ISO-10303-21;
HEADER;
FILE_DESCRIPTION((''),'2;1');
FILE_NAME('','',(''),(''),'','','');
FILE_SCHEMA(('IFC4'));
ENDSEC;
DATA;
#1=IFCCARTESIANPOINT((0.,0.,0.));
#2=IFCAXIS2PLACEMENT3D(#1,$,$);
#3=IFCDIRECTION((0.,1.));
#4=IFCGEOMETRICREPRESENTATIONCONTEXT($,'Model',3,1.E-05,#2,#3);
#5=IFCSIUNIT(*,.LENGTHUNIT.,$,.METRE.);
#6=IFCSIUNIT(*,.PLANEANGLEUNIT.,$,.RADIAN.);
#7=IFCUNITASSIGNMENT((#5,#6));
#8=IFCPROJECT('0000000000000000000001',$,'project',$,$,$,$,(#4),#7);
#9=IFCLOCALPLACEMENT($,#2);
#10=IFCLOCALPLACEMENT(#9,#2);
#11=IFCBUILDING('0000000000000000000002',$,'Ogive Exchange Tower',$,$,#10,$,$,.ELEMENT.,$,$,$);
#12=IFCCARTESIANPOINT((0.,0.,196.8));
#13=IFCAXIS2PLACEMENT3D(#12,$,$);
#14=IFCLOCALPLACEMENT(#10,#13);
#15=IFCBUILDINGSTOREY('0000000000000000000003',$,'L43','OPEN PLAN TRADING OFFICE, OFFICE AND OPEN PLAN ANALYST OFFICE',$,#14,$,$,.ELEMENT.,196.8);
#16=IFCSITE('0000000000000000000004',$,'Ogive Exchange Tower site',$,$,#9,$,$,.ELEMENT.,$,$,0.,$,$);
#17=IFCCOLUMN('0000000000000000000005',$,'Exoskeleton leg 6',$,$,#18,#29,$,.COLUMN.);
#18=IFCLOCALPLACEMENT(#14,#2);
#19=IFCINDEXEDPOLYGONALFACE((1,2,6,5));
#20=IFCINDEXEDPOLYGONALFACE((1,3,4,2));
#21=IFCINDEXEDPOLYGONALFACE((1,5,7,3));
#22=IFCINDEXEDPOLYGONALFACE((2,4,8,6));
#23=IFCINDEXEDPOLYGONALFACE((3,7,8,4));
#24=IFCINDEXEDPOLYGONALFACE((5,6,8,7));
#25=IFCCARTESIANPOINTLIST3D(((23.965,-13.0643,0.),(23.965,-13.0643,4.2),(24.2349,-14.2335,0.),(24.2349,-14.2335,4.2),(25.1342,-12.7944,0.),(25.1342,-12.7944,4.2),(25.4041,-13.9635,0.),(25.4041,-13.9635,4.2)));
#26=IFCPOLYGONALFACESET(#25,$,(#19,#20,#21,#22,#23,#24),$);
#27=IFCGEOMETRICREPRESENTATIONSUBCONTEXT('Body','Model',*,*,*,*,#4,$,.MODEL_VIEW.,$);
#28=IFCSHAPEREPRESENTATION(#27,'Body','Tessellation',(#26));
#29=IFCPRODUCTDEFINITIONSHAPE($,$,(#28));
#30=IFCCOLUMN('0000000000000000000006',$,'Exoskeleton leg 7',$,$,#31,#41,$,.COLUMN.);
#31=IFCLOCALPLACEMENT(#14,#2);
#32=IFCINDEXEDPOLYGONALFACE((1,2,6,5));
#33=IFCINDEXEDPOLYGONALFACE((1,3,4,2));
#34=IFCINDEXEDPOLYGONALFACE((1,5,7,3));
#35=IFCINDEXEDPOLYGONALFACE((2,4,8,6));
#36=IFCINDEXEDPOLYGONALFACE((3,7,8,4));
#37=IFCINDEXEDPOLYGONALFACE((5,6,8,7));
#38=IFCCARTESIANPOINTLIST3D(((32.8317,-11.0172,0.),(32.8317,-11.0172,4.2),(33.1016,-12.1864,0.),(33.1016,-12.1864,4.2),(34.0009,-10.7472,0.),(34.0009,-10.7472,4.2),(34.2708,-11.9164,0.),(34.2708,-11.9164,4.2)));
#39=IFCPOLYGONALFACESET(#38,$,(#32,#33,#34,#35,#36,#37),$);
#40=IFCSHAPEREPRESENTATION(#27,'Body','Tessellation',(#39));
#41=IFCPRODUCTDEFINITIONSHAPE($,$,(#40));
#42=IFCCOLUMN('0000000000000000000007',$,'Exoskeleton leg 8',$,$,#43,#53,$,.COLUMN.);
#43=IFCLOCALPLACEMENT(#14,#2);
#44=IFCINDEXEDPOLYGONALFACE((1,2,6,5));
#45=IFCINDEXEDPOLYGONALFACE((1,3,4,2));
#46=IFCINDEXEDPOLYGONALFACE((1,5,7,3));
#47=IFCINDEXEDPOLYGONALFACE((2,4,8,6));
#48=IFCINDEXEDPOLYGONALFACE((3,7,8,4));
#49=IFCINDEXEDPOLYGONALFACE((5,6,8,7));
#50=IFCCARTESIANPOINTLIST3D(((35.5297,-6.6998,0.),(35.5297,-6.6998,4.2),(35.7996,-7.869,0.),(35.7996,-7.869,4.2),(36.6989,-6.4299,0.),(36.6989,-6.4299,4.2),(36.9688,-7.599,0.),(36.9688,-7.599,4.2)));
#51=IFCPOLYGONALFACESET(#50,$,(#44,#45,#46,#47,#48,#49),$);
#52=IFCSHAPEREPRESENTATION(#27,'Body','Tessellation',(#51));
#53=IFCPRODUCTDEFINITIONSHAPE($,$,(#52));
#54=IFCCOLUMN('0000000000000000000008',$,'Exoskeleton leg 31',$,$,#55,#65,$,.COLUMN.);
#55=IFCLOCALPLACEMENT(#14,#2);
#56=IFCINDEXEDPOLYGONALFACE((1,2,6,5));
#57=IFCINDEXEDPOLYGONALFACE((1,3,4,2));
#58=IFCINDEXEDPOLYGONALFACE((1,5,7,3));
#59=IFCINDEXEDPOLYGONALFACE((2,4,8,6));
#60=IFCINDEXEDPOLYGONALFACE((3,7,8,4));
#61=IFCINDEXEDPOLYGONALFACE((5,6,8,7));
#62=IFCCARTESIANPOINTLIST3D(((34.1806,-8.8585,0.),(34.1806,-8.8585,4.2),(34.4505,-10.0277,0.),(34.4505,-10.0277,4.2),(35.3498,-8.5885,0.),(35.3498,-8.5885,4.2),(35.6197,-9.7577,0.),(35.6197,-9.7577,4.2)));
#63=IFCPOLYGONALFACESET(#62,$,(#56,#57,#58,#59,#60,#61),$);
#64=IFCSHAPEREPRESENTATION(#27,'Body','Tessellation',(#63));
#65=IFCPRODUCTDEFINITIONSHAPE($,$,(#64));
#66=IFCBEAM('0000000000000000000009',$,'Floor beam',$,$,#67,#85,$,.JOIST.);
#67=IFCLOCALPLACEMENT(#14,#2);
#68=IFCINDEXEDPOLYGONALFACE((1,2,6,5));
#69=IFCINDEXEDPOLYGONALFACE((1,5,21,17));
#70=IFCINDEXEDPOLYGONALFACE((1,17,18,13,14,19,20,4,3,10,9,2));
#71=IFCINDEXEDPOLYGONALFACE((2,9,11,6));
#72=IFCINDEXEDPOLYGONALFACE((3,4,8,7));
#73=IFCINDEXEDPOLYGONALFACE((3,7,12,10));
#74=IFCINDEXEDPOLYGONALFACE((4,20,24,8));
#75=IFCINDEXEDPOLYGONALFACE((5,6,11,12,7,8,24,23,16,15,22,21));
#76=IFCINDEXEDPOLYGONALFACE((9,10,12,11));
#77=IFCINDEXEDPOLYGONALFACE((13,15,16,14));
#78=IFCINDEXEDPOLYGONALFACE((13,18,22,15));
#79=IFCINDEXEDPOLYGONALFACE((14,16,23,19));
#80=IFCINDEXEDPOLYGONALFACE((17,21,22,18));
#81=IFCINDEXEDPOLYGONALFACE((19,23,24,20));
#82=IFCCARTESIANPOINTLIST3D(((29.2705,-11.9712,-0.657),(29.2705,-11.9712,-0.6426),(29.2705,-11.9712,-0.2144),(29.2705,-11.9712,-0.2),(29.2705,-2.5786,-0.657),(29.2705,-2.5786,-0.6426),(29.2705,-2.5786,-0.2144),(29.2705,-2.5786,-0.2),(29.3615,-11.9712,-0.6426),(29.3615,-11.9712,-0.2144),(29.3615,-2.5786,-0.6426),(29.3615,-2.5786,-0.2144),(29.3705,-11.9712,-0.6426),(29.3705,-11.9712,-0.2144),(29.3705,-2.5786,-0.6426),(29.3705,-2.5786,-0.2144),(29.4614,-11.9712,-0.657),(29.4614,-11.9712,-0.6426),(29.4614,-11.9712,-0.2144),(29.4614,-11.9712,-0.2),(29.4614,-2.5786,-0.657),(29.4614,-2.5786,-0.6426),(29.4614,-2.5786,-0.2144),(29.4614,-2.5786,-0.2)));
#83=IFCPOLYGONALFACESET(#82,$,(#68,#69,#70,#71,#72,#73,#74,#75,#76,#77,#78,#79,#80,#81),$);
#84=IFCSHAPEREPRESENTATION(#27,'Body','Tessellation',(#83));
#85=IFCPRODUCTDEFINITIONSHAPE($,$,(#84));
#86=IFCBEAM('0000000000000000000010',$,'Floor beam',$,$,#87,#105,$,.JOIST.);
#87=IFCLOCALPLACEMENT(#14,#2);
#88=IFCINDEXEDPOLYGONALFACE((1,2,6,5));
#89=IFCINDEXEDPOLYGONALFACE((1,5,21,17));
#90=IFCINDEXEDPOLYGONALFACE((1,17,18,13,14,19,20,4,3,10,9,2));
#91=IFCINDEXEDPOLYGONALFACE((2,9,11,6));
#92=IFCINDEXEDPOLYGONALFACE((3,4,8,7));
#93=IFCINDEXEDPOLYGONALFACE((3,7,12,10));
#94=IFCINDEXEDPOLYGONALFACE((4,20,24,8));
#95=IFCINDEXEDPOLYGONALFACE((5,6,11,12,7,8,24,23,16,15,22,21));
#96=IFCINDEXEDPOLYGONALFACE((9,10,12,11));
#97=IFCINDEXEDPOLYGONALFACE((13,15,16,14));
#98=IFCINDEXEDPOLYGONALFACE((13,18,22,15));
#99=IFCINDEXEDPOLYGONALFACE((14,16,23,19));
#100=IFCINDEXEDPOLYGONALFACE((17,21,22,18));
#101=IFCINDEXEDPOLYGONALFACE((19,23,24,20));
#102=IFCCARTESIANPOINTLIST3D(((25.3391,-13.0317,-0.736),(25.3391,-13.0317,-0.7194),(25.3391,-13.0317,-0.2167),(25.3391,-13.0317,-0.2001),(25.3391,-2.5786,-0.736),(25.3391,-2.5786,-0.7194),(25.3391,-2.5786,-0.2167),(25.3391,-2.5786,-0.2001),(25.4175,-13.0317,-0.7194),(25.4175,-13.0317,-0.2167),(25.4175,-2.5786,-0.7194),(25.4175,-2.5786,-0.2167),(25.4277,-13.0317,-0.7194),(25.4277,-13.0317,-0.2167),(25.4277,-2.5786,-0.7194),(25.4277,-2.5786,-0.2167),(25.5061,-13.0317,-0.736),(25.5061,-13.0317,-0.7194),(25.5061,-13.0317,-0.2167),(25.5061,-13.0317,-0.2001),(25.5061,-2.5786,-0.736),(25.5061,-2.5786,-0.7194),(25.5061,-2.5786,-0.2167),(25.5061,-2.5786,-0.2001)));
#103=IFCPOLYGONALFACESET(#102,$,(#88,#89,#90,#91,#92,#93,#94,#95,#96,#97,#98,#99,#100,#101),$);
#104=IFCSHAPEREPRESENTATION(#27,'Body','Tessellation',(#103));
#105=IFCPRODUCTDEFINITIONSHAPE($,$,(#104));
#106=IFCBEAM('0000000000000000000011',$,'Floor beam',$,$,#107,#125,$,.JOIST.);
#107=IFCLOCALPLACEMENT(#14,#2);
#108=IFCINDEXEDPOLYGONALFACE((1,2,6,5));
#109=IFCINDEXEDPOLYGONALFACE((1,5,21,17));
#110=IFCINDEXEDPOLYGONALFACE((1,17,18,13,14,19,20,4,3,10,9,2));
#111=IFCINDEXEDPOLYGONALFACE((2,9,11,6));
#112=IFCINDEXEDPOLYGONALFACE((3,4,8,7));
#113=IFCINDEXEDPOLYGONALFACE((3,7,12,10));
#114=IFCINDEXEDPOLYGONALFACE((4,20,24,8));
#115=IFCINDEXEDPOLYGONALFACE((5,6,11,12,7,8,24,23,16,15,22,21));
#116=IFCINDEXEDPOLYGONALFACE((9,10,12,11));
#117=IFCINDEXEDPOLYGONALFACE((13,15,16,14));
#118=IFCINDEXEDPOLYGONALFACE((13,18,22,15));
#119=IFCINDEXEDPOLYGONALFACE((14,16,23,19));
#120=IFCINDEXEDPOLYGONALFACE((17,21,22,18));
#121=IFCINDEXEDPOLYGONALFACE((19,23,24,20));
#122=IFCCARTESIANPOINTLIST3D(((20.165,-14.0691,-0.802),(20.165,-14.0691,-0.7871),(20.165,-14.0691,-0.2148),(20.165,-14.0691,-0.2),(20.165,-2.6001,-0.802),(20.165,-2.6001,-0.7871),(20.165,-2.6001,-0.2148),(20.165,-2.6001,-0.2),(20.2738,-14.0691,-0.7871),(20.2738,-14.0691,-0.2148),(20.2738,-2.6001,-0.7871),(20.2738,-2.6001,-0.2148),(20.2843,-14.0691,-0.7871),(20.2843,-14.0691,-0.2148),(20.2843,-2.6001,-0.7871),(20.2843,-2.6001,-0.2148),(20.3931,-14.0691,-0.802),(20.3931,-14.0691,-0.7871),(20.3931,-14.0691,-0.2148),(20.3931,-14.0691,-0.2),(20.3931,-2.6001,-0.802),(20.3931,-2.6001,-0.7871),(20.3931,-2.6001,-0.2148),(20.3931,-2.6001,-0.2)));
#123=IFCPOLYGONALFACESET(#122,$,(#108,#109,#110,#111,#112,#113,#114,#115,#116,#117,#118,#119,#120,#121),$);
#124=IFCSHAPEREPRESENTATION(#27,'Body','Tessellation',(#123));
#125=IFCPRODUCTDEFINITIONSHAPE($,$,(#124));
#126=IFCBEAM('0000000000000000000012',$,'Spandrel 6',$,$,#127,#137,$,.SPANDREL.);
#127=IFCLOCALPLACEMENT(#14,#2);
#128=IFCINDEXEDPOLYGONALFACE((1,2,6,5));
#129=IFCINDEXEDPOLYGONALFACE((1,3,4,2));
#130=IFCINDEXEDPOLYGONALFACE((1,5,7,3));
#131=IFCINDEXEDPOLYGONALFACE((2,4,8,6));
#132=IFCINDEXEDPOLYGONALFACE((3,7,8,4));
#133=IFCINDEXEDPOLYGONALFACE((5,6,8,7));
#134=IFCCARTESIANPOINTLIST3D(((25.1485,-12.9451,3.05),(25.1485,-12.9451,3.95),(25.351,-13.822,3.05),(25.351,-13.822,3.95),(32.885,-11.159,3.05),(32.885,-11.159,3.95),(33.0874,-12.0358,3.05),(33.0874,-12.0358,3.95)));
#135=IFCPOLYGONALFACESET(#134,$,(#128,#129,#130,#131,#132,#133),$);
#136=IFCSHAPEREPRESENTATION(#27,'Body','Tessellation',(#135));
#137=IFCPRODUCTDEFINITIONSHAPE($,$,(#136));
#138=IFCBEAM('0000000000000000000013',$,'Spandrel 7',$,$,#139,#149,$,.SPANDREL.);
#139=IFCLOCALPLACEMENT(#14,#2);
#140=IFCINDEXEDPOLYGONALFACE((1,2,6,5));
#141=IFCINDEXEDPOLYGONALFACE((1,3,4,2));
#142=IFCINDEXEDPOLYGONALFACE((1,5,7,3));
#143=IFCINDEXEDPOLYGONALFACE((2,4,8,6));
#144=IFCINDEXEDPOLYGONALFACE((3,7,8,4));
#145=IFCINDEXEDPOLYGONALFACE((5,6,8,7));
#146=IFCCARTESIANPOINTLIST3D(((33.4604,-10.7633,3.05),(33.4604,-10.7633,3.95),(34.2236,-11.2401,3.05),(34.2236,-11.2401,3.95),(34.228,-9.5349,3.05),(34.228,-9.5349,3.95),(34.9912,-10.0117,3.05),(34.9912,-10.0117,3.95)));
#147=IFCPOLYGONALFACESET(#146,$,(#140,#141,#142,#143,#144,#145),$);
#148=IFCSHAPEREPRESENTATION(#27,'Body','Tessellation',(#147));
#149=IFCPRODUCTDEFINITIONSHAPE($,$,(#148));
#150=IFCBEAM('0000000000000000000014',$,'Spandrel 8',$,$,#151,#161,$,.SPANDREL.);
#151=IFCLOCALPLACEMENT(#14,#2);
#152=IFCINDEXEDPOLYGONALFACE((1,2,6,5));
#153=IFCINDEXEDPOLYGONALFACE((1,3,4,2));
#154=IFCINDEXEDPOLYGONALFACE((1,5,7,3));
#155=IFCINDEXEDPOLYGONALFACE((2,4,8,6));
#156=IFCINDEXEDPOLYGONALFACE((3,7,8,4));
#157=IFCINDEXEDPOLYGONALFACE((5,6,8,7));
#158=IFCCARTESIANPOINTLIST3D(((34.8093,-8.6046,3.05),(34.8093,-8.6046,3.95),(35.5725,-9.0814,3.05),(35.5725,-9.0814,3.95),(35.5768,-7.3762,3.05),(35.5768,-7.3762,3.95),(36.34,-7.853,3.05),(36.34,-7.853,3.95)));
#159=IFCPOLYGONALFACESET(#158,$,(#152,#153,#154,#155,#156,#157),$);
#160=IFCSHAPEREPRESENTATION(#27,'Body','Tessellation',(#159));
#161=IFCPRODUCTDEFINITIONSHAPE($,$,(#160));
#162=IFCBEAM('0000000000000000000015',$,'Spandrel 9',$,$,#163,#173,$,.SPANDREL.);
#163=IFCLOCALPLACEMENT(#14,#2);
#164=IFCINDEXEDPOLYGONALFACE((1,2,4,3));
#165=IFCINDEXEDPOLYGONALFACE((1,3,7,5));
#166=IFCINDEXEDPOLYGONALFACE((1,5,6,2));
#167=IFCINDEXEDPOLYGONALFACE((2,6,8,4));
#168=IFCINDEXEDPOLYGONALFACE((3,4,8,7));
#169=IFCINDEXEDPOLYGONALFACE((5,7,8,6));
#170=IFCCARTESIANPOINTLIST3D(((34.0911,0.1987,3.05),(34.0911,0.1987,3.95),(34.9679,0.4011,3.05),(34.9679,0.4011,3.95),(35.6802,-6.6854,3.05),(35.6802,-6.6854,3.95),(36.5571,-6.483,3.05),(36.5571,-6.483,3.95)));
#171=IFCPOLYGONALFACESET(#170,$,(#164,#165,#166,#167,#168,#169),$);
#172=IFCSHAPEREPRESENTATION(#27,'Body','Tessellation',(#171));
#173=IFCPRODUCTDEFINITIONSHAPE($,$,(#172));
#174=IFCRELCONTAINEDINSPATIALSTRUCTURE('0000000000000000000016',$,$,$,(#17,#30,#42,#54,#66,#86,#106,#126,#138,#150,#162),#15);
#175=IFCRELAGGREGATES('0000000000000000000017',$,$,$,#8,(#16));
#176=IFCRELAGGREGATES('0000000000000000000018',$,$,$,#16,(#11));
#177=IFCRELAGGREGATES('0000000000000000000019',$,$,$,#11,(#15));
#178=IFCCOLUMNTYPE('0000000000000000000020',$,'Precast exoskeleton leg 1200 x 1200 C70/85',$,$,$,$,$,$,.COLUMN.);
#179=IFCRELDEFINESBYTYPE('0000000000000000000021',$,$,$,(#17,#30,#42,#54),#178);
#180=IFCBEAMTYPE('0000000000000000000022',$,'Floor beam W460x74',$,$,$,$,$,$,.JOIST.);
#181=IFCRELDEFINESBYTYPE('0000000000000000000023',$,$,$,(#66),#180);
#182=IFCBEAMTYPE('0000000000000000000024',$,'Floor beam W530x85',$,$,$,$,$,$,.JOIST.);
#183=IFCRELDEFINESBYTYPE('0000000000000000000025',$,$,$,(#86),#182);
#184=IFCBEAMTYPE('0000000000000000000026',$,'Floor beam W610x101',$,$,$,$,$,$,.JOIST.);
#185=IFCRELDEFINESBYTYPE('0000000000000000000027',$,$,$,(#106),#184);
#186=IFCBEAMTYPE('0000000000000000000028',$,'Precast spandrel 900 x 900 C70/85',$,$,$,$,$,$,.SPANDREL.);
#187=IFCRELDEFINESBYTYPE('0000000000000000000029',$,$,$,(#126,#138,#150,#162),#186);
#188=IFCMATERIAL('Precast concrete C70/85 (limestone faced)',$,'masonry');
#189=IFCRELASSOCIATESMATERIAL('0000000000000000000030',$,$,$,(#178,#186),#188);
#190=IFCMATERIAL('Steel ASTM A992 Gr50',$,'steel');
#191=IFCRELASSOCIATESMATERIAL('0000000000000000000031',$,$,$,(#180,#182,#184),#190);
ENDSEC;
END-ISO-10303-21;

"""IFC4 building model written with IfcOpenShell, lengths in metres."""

from ifc_helpers import new_model, si_unit, direction, frame, origin, origin_2d, place, context, subcontext, project, spatial, rectangle, i_section, extrude, material, material_profile, profile_set, type_object, element, save


model = new_model("IFC4")

# Units and contexts
model_context = context("Model", 3, precision=1e-05, world=origin(), true_north=direction((0.0, 1.0)))
body_context = subcontext(model_context, "Body", "Model", "MODEL_VIEW")
ifc_project = project(units=[si_unit("LENGTHUNIT", "METRE"), si_unit("PLANEANGLEUNIT", "RADIAN")], contexts=[model_context])

# Site, building, storey
site_placement = place(None, origin())
site = spatial("IfcSite", under=ifc_project, at=site_placement, Name="Ogive Exchange Tower site", CompositionType="ELEMENT", RefElevation=0.0)
building_placement = place(site_placement, origin())
building = spatial("IfcBuilding", under=site, at=building_placement, Name="Ogive Exchange Tower", CompositionType="ELEMENT")
storey_placement = place(building_placement, frame((0.0, 0.0, 196.8)))
storey = spatial("IfcBuildingStorey", under=building, at=storey_placement, Name="L43", Description="OPEN PLAN TRADING OFFICE, OFFICE AND OPEN PLAN ANALYST OFFICE", CompositionType="ELEMENT", Elevation=196.8)

# Columns
ifc_material_1 = material(Name="Precast concrete C70/85 (limestone faced)", Category="masonry")
ifc_material_profile_1 = material_profile(ifc_material_1, rectangle(XDim=1.2, YDim=1.2, at=origin_2d()), Name="1200 x 1200")
ifc_profile_set_1 = profile_set([ifc_material_profile_1], Name="Precast concrete C70/85 (limestone faced)")
column_type = type_object("IfcColumnType", Name="Precast exoskeleton leg 1200 x 1200 C70/85", PredefinedType="COLUMN", material=ifc_profile_set_1)
for number, where, z_axis, x_axis, name in (
    (1, (24.6846, -13.5139, 0.0), (0.0, 0.0, 1.0), (0.97437, 0.224951, 0.0), "Exoskeleton leg 6"),
    (2, (33.5513, -11.4668, 0.0), (0.0, 0.0, 1.0), (0.97437, 0.224951, 0.0), "Exoskeleton leg 7"),
    (3, (36.2493, -7.1494, 0.0), (0.0, 0.0, 1.0), (0.97437, 0.224951, 0.0), "Exoskeleton leg 8"),
    (4, (34.9001, -9.3081, 0.0), (0.0, 0.0, 1.0), (0.97437, 0.224951, 0.0), "Exoskeleton leg 31"),
):
    element("IfcColumn", number, at=place(storey_placement, frame(where, z_axis=z_axis, x_axis=x_axis)), inside=storey, type_object=column_type, Name=name, PredefinedType="COLUMN", context=body_context, shape_type="SweptSolid", body=[
        extrude(rectangle(XDim=1.2, YDim=1.2, at=origin_2d()), origin(), (0.0, 0.0, 1.0), 4.2),
    ])

# Beams
ifc_material_2 = material(Name="Steel ASTM A992 Gr50", Category="steel")
ifc_material_profile_2 = material_profile(ifc_material_2, i_section(OverallWidth=0.1909, OverallDepth=0.457, WebThickness=0.009, FlangeThickness=0.0144, at=origin_2d()), Name="W460x74")
ifc_profile_set_2 = profile_set([ifc_material_profile_2], Name="Steel ASTM A992 Gr50")
beam_type_1 = type_object("IfcBeamType", Name="Floor beam W460x74", PredefinedType="JOIST", material=ifc_profile_set_2)
beam_1_placement = place(storey_placement, frame((29.366, -11.9712, -0.4285), z_axis=(0.0, 1.0, 0.0), x_axis=(-1.0, 0.0, 0.0)))
element("IfcBeam", 5, at=beam_1_placement, inside=storey, type_object=beam_type_1, Name="Floor beam", PredefinedType="JOIST", context=body_context, shape_type="SweptSolid", body=[
    extrude(i_section(OverallWidth=0.1909, OverallDepth=0.457, WebThickness=0.009, FlangeThickness=0.0144, at=origin_2d()), origin(), (0.0, 0.0, 1.0), 9.3926),
])
ifc_material_profile_3 = material_profile(ifc_material_2, i_section(OverallWidth=0.167, OverallDepth=0.5359, WebThickness=0.0103, FlangeThickness=0.0166, at=origin_2d()), Name="W530x85")
ifc_profile_set_3 = profile_set([ifc_material_profile_3], Name="Steel ASTM A992 Gr50")
beam_type_2 = type_object("IfcBeamType", Name="Floor beam W530x85", PredefinedType="JOIST", material=ifc_profile_set_3)
beam_2_placement = place(storey_placement, frame((25.4226, -13.0317, -0.468), z_axis=(0.0, 1.0, 0.0), x_axis=(-1.0, 0.0, 0.0)))
element("IfcBeam", 6, at=beam_2_placement, inside=storey, type_object=beam_type_2, Name="Floor beam", PredefinedType="JOIST", context=body_context, shape_type="SweptSolid", body=[
    extrude(i_section(OverallWidth=0.167, OverallDepth=0.5359, WebThickness=0.0103, FlangeThickness=0.0166, at=origin_2d()), origin(), (0.0, 0.0, 1.0), 10.4531),
])
ifc_material_profile_4 = material_profile(ifc_material_2, i_section(OverallWidth=0.228, OverallDepth=0.6021, WebThickness=0.0105, FlangeThickness=0.0149, at=origin_2d()), Name="W610x101")
ifc_profile_set_4 = profile_set([ifc_material_profile_4], Name="Steel ASTM A992 Gr50")
beam_type_3 = type_object("IfcBeamType", Name="Floor beam W610x101", PredefinedType="JOIST", material=ifc_profile_set_4)
beam_3_placement = place(storey_placement, frame((20.2791, -14.0691, -0.501), z_axis=(0.0, 1.0, 0.0), x_axis=(-1.0, 0.0, 0.0)))
element("IfcBeam", 7, at=beam_3_placement, inside=storey, type_object=beam_type_3, Name="Floor beam", PredefinedType="JOIST", context=body_context, shape_type="SweptSolid", body=[
    extrude(i_section(OverallWidth=0.228, OverallDepth=0.6021, WebThickness=0.0105, FlangeThickness=0.0149, at=origin_2d()), origin(), (0.0, 0.0, 1.0), 11.469),
])
ifc_material_profile_5 = material_profile(ifc_material_1, rectangle(XDim=0.8999, YDim=0.8999, at=origin_2d()), Name="900 x 900")
ifc_profile_set_5 = profile_set([ifc_material_profile_5], Name="Precast concrete C70/85 (limestone faced)")
beam_type_4 = type_object("IfcBeamType", Name="Precast spandrel 900 x 900 C70/85", PredefinedType="SPANDREL", material=ifc_profile_set_5)
beam_4_placement = place(storey_placement, frame((25.2498, -13.3835, 3.5), z_axis=(0.974368, 0.224958, 0.0), x_axis=(-0.224958, 0.974368, 0.0)))
element("IfcBeam", 8, at=beam_4_placement, inside=storey, type_object=beam_type_4, Name="Spandrel 6", PredefinedType="SPANDREL", context=body_context, shape_type="SweptSolid", body=[
    extrude(rectangle(XDim=0.8999, YDim=0.8999, at=origin_2d()), origin(), (0.0, 0.0, 1.0), 7.9399),
])
for number, where, z_axis, x_axis, name in (
    (9, (33.842, -11.0017, 3.5), (0.529878, 0.848074, 0.0), (-0.848074, 0.529878, 0.0), "Spandrel 7"),
    (10, (35.1909, -8.843, 3.5), (0.529878, 0.848074, 0.0), (-0.848074, 0.529878, 0.0), "Spandrel 8"),
):
    element("IfcBeam", number, at=place(storey_placement, frame(where, z_axis=z_axis, x_axis=x_axis)), inside=storey, type_object=beam_type_4, Name=name, PredefinedType="SPANDREL", context=body_context, shape_type="SweptSolid", body=[
        extrude(rectangle(XDim=0.8999, YDim=0.8999, at=origin_2d()), origin(), (0.0, 0.0, 1.0), 1.4485),
    ])
beam_5_placement = place(storey_placement, frame((36.1187, -6.5842, 3.5), z_axis=(-0.224925, 0.974376, 0.0), x_axis=(-0.974376, -0.224925, 0.0)))
element("IfcBeam", 11, at=beam_5_placement, inside=storey, type_object=beam_type_4, Name="Spandrel 9", PredefinedType="SPANDREL", context=body_context, shape_type="SweptSolid", body=[
    extrude(rectangle(XDim=0.8999, YDim=0.8999, at=origin_2d()), origin(), (0.0, 0.0, 1.0), 7.0652),
])

save(model, "model.ifc")
